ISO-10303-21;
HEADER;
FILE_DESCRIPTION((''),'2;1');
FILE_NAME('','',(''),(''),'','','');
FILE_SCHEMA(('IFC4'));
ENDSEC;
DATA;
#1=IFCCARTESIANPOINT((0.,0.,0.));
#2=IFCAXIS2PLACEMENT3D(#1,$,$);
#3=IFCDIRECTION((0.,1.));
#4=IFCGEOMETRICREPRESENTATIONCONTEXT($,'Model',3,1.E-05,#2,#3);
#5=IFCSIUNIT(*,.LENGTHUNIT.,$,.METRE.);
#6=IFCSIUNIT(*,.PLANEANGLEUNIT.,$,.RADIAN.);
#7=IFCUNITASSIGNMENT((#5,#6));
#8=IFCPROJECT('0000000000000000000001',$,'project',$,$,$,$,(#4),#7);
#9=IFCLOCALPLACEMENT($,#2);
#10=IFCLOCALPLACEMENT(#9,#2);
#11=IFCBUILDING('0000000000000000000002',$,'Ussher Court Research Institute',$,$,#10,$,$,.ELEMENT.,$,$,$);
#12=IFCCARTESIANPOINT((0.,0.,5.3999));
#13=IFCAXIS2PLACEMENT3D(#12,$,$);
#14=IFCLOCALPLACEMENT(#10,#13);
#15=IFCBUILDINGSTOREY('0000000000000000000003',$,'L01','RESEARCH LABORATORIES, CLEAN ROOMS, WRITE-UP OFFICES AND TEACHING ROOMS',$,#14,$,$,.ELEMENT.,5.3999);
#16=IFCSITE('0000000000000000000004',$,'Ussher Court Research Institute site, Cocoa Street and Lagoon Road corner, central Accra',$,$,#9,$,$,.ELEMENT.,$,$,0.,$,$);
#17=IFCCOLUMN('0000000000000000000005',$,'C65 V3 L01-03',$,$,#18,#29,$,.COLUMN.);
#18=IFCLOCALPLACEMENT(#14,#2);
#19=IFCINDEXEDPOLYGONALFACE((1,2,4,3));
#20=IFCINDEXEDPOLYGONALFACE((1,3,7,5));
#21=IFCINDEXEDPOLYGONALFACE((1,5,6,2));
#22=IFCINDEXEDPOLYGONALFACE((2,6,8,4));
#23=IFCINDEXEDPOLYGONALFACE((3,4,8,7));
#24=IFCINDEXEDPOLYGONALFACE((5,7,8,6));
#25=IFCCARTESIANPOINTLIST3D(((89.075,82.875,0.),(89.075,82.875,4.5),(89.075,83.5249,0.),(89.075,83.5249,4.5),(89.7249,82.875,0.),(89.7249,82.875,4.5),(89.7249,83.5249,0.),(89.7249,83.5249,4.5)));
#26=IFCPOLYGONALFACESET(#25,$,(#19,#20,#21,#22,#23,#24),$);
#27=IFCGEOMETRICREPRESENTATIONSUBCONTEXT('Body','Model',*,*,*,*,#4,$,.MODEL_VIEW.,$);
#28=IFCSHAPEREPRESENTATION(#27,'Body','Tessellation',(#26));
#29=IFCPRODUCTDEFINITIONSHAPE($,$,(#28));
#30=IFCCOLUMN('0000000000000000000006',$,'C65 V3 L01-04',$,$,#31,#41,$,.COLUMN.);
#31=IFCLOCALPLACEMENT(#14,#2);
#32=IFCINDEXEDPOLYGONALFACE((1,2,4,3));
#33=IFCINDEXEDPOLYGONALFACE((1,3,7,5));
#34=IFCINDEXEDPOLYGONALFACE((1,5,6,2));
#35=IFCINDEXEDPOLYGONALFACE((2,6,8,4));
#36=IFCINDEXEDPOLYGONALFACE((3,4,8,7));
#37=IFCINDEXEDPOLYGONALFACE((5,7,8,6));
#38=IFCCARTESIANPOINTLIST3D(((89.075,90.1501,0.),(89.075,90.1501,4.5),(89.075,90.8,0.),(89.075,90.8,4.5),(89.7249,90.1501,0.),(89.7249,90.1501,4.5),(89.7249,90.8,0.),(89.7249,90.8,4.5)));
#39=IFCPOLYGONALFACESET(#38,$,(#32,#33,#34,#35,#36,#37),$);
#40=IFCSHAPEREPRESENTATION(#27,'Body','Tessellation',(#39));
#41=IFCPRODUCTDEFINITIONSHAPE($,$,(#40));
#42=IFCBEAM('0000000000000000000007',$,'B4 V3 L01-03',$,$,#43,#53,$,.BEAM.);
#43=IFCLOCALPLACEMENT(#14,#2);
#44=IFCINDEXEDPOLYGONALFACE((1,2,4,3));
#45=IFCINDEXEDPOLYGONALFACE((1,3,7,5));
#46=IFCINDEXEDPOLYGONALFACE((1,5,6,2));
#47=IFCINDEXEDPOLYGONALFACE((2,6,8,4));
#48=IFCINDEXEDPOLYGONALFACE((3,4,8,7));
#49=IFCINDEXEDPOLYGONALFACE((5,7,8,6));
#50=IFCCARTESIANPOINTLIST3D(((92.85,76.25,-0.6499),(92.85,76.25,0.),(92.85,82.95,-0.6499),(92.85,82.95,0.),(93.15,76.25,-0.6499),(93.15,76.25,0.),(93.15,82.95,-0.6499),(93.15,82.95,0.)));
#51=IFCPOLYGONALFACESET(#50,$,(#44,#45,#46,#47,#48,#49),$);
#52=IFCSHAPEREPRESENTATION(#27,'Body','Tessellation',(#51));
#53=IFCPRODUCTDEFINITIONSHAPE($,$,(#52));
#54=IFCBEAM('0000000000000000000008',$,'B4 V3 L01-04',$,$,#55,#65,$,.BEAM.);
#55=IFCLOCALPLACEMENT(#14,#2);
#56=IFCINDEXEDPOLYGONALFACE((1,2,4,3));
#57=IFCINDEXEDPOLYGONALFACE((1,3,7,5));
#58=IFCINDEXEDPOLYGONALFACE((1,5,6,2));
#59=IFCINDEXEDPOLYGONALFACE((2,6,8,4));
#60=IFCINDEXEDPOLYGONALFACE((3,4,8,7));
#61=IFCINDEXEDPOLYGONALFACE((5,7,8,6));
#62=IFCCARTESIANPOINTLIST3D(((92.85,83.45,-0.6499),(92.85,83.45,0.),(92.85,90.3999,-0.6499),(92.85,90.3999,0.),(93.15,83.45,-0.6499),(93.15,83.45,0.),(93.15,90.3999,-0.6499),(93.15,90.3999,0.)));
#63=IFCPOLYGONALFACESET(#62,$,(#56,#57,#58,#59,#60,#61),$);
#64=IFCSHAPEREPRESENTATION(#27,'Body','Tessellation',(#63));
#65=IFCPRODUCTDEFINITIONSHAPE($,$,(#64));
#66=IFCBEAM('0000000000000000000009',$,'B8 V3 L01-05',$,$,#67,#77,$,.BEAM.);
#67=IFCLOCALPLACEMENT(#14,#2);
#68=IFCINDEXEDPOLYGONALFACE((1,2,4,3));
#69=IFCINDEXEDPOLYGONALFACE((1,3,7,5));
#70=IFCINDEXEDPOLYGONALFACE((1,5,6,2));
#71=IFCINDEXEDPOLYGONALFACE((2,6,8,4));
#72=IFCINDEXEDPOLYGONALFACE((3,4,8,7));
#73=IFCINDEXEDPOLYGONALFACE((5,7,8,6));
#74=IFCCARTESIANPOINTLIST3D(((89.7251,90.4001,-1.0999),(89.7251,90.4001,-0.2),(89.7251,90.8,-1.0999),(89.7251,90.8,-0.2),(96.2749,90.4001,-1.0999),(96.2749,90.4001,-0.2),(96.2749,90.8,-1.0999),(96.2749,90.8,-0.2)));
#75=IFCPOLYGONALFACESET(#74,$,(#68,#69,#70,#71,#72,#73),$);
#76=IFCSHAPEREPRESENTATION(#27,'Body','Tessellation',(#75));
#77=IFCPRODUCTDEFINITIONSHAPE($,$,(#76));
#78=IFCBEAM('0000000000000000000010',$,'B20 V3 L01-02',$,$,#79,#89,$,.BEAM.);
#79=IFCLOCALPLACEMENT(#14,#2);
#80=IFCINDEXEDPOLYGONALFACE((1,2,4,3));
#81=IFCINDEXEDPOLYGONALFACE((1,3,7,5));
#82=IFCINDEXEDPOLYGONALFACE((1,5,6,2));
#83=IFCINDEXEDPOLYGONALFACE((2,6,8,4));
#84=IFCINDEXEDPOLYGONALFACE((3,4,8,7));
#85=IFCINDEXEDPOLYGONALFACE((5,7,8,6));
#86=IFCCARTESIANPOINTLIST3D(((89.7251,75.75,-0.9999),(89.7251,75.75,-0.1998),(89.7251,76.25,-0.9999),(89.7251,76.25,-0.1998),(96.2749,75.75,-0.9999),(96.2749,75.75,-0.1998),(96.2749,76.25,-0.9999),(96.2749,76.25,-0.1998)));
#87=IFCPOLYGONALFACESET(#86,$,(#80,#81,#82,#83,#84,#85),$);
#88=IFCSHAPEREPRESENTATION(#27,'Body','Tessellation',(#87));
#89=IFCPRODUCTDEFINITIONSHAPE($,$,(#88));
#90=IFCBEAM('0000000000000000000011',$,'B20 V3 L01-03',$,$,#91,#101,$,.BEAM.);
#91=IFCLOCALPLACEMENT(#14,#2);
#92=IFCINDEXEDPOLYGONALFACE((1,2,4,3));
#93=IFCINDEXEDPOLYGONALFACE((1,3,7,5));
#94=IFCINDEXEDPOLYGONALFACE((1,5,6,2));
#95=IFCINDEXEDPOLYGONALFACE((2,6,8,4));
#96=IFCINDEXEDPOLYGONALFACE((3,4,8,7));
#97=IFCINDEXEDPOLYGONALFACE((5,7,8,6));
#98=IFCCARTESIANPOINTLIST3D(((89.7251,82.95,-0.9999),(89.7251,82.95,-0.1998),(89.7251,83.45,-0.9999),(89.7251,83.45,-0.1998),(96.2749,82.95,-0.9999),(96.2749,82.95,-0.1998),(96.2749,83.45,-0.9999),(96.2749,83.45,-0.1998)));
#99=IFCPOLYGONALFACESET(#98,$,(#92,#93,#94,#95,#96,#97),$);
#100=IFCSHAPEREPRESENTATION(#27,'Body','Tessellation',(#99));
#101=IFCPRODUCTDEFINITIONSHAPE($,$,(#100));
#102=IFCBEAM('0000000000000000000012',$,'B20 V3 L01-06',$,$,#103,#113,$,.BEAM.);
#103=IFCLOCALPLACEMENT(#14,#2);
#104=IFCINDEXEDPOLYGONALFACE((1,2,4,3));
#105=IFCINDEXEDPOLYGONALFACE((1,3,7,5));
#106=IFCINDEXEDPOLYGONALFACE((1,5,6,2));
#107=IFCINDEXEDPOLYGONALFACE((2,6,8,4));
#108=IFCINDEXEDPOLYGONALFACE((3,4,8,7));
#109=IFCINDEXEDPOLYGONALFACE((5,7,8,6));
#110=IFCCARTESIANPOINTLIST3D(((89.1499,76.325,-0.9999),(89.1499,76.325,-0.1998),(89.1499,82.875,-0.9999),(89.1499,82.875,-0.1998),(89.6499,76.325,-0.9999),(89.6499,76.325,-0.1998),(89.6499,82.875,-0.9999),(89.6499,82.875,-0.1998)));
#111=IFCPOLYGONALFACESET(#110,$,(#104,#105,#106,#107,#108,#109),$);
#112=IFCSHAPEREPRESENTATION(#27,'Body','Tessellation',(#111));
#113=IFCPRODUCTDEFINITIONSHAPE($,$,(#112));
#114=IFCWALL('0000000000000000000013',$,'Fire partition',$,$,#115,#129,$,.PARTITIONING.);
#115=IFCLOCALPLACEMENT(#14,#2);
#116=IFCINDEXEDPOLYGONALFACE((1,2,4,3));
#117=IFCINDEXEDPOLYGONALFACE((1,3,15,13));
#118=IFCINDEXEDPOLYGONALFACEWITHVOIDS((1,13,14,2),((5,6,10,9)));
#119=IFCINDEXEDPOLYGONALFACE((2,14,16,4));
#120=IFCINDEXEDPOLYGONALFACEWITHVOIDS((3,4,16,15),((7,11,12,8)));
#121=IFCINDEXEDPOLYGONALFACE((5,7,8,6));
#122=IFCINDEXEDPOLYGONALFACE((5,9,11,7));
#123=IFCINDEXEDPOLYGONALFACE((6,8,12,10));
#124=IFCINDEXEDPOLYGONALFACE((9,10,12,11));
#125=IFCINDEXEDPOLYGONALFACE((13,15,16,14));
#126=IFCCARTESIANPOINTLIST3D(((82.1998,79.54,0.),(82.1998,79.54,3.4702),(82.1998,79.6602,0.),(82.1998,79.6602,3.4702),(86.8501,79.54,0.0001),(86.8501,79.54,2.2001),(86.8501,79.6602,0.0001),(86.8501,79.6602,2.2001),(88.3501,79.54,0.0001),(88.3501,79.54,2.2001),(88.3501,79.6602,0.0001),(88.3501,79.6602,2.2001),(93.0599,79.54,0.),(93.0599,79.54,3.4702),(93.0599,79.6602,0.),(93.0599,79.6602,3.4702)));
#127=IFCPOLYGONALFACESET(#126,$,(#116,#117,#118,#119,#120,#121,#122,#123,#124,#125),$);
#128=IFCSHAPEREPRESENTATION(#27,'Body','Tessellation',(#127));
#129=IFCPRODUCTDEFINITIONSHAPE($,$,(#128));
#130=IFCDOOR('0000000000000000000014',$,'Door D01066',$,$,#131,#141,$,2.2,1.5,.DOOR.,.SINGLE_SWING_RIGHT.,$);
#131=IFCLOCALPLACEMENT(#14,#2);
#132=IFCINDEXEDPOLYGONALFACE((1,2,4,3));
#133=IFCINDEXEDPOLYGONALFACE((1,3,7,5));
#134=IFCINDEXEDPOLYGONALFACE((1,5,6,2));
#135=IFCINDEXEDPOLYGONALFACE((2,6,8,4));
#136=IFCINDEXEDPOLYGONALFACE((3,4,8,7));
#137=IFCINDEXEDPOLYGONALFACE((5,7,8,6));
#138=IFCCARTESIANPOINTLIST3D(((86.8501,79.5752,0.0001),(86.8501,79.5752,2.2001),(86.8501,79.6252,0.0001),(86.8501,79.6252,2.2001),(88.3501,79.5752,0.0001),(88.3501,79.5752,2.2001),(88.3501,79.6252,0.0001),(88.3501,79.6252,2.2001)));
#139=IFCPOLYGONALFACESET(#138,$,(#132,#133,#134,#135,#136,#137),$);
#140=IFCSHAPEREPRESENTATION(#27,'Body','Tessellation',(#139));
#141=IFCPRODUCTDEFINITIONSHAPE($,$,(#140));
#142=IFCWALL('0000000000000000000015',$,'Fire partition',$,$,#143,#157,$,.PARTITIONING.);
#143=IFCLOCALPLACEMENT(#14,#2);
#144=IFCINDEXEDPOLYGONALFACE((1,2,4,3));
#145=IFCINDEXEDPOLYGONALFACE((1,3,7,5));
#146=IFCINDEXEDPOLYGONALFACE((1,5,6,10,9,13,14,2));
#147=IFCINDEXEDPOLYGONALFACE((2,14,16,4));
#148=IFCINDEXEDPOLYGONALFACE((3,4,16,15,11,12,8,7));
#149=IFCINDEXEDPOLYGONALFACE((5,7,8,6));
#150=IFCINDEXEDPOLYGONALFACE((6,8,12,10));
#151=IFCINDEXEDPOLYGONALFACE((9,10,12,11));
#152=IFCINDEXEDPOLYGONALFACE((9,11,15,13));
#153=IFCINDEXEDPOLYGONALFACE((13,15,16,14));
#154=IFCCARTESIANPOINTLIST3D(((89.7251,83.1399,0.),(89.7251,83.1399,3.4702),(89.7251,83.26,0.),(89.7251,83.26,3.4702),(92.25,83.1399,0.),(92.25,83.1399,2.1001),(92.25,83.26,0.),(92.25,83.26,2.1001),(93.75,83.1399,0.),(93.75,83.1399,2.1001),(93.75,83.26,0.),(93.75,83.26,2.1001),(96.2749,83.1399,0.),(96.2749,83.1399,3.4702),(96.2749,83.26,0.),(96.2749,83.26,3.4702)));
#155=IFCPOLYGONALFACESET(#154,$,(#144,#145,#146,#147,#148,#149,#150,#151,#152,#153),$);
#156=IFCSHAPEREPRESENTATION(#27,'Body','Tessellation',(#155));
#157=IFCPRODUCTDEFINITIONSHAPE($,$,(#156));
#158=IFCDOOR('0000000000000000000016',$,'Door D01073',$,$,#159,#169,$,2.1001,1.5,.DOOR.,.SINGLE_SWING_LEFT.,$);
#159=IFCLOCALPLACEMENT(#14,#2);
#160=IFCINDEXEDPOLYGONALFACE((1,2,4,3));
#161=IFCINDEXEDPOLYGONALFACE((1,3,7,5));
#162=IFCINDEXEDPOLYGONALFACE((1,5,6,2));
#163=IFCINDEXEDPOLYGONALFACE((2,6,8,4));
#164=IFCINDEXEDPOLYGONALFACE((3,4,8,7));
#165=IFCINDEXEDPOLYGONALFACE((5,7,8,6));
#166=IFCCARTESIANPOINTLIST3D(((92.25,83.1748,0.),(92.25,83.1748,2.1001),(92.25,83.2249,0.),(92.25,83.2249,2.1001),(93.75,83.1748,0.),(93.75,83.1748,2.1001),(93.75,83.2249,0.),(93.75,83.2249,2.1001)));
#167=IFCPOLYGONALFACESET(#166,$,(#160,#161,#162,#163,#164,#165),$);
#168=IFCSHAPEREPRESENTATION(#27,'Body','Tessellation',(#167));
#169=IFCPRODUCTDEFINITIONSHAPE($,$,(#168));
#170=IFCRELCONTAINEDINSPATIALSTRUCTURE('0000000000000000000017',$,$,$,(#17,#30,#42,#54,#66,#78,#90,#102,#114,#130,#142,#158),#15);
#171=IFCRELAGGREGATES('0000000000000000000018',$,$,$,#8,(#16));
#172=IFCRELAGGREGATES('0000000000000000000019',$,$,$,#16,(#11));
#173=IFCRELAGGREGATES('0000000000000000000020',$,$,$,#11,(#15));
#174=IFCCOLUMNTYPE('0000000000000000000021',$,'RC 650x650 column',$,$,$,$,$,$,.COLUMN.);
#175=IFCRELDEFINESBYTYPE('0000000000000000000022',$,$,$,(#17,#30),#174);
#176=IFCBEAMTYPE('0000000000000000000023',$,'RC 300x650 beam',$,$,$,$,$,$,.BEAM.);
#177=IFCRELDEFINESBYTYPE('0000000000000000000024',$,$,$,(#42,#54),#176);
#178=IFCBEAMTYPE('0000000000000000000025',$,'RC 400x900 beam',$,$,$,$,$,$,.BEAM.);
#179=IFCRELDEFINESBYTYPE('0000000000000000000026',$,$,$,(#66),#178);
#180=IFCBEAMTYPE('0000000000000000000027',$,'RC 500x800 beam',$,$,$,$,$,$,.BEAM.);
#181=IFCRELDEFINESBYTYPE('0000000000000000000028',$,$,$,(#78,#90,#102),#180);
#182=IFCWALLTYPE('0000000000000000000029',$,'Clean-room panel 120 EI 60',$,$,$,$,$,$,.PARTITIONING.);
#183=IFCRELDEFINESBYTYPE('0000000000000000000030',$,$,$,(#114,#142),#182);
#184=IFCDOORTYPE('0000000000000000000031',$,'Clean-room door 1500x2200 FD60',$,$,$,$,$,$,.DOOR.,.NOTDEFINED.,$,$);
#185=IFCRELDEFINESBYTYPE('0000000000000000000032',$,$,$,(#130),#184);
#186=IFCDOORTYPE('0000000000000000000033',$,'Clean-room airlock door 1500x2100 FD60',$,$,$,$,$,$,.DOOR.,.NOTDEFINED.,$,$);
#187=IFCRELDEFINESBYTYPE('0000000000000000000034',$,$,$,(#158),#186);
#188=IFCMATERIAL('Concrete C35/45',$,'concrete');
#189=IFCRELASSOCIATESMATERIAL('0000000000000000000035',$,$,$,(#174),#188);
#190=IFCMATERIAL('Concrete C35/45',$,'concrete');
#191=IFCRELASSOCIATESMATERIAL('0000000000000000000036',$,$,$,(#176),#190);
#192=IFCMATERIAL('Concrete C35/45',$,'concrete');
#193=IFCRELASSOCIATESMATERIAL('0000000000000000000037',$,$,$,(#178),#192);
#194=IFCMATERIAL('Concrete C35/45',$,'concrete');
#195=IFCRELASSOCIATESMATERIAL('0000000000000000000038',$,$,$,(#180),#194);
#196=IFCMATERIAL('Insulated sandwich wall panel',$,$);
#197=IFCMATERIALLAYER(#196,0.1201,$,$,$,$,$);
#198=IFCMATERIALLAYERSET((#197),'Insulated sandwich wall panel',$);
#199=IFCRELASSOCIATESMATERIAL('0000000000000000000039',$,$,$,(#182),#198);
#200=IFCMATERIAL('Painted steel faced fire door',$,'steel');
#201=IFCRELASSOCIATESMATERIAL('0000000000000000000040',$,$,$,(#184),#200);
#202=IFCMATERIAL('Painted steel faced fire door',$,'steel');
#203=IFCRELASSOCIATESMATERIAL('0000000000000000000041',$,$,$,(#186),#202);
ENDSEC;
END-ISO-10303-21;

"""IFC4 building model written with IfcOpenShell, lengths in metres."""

from ifc_helpers import new_model, si_unit, direction, frame, frame_2d, origin, origin_2d, place, context, subcontext, project, spatial, rectangle, extrude, material, layer, layer_set, material_profile, profile_set, type_object, element, fill, save


model = new_model("IFC4")

# Units and contexts
model_context = context("Model", 3, precision=1e-05, world=origin(), true_north=direction((0.0, 1.0)))
body_context = subcontext(model_context, "Body", "Model", "MODEL_VIEW")
ifc_project = project(units=[si_unit("LENGTHUNIT", "METRE"), si_unit("PLANEANGLEUNIT", "RADIAN")], contexts=[model_context])

# Site, building, storey
site_placement = place(None, origin())
site = spatial("IfcSite", under=ifc_project, at=site_placement, Name="Ussher Court Research Institute site, Cocoa Street and Lagoon Road corner, central Accra", CompositionType="ELEMENT", RefElevation=0.0)
building_placement = place(site_placement, origin())
building = spatial("IfcBuilding", under=site, at=building_placement, Name="Ussher Court Research Institute", CompositionType="ELEMENT")
storey_placement = place(building_placement, frame((0.0, 0.0, 5.3999)))
storey = spatial("IfcBuildingStorey", under=building, at=storey_placement, Name="L01", Description="RESEARCH LABORATORIES, CLEAN ROOMS, WRITE-UP OFFICES AND TEACHING ROOMS", CompositionType="ELEMENT", Elevation=5.3999)

# Columns
ifc_material_1 = material(Name="Concrete C35/45", Category="concrete")
ifc_material_profile_1 = material_profile(ifc_material_1, rectangle(XDim=0.6499, YDim=0.6499, at=origin_2d()), Name="RC 650x650")
ifc_profile_set_1 = profile_set([ifc_material_profile_1], Name="Concrete C35/45")
column_type = type_object("IfcColumnType", Name="RC 650x650 column", PredefinedType="COLUMN", material=ifc_profile_set_1)
for number, where, z_axis, x_axis, name in (
    (1, (89.3999, 83.2, 0.0), (0.0, 0.0, 1.0), (1.0, 0.0, 0.0), "C65 V3 L01-03"),
    (2, (89.3999, 90.4751, 0.0), (0.0, 0.0, 1.0), (1.0, 0.0, 0.0), "C65 V3 L01-04"),
):
    element("IfcColumn", number, at=place(storey_placement, frame(where, z_axis=z_axis, x_axis=x_axis)), inside=storey, type_object=column_type, Name=name, PredefinedType="COLUMN", context=body_context, shape_type="SweptSolid", body=[
        extrude(rectangle(XDim=0.6499, YDim=0.6499, at=origin_2d()), origin(), (0.0, 0.0, 1.0), 4.5),
    ])

# Beams
ifc_material_2 = material(Name="Concrete C35/45", Category="concrete")
ifc_material_profile_2 = material_profile(ifc_material_2, rectangle(XDim=0.3, YDim=0.6499, at=origin_2d()), Name="RC 300x650")
ifc_profile_set_2 = profile_set([ifc_material_profile_2], Name="Concrete C35/45")
beam_type_1 = type_object("IfcBeamType", Name="RC 300x650 beam", PredefinedType="BEAM", material=ifc_profile_set_2)
beam_1_placement = place(storey_placement, frame((93.0, 76.25, -0.325), z_axis=(0.0, 1.0, 0.0), x_axis=(-1.0, 0.0, 0.0)))
element("IfcBeam", 3, at=beam_1_placement, inside=storey, type_object=beam_type_1, Name="B4 V3 L01-03", PredefinedType="BEAM", context=body_context, shape_type="SweptSolid", body=[
    extrude(rectangle(XDim=0.3, YDim=0.6499, at=origin_2d()), origin(), (0.0, 0.0, 1.0), 6.7),
])
beam_2_placement = place(storey_placement, frame((93.0, 83.45, -0.325), z_axis=(0.0, 1.0, 0.0), x_axis=(-1.0, 0.0, 0.0)))
element("IfcBeam", 4, at=beam_2_placement, inside=storey, type_object=beam_type_1, Name="B4 V3 L01-04", PredefinedType="BEAM", context=body_context, shape_type="SweptSolid", body=[
    extrude(rectangle(XDim=0.3, YDim=0.6499, at=origin_2d()), origin(), (0.0, 0.0, 1.0), 6.95),
])
ifc_material_3 = material(Name="Concrete C35/45", Category="concrete")
ifc_material_profile_3 = material_profile(ifc_material_3, rectangle(XDim=0.3999, YDim=0.8999, at=origin_2d()), Name="RC 400x900")
ifc_profile_set_3 = profile_set([ifc_material_profile_3], Name="Concrete C35/45")
beam_type_2 = type_object("IfcBeamType", Name="RC 400x900 beam", PredefinedType="BEAM", material=ifc_profile_set_3)
beam_3_placement = place(storey_placement, frame((89.7251, 90.6001, -0.6499), z_axis=(1.0, 0.0, 0.0), x_axis=(0.0, 1.0, 0.0)))
element("IfcBeam", 5, at=beam_3_placement, inside=storey, type_object=beam_type_2, Name="B8 V3 L01-05", PredefinedType="BEAM", context=body_context, shape_type="SweptSolid", body=[
    extrude(rectangle(XDim=0.3999, YDim=0.8999, at=origin_2d()), origin(), (0.0, 0.0, 1.0), 6.5498),
])
ifc_material_4 = material(Name="Concrete C35/45", Category="concrete")
ifc_material_profile_4 = material_profile(ifc_material_4, rectangle(XDim=0.5, YDim=0.8, at=origin_2d()), Name="RC 500x800")
ifc_profile_set_4 = profile_set([ifc_material_profile_4], Name="Concrete C35/45")
beam_type_3 = type_object("IfcBeamType", Name="RC 500x800 beam", PredefinedType="BEAM", material=ifc_profile_set_4)
for number, where, z_axis, x_axis, name in (
    (6, (89.7251, 76.0, -0.5999), (1.0, 0.0, 0.0), (0.0, 1.0, 0.0), "B20 V3 L01-02"),
    (7, (89.7251, 83.2, -0.5999), (1.0, 0.0, 0.0), (0.0, 1.0, 0.0), "B20 V3 L01-03"),
):
    element("IfcBeam", number, at=place(storey_placement, frame(where, z_axis=z_axis, x_axis=x_axis)), inside=storey, type_object=beam_type_3, Name=name, PredefinedType="BEAM", context=body_context, shape_type="SweptSolid", body=[
        extrude(rectangle(XDim=0.5, YDim=0.8, at=origin_2d()), origin(), (0.0, 0.0, 1.0), 6.5498),
    ])
beam_4_placement = place(storey_placement, frame((89.3999, 76.325, -0.5999), z_axis=(0.0, 1.0, 0.0), x_axis=(-1.0, 0.0, 0.0)))
element("IfcBeam", 8, at=beam_4_placement, inside=storey, type_object=beam_type_3, Name="B20 V3 L01-06", PredefinedType="BEAM", context=body_context, shape_type="SweptSolid", body=[
    extrude(rectangle(XDim=0.5, YDim=0.8, at=origin_2d()), origin(), (0.0, 0.0, 1.0), 6.55),
])

# Walls, openings, doors
ifc_material_5 = material(Name="Insulated sandwich wall panel")
ifc_layer_1 = layer(ifc_material_5, 0.1201)
ifc_layer_set_1 = layer_set([ifc_layer_1], Name="Insulated sandwich wall panel")
wall_type_1 = type_object("IfcWallType", Name="Clean-room panel 120 EI 60", PredefinedType="PARTITIONING", material=ifc_layer_set_1)
wall_1_placement = place(storey_placement, frame((93.0601, 79.6001, 0.0), z_axis=(0.0, 0.0, 1.0), x_axis=(-1.0, 0.0, 0.0)))
wall_1 = element("IfcWall", 9, at=wall_1_placement, inside=storey, type_object=wall_type_1, Name="Fire partition", PredefinedType="PARTITIONING", context=body_context, shape_type="SweptSolid", body=[
    extrude(rectangle(XDim=10.8601, YDim=0.1201, at=frame_2d((5.4302, 0.0))), origin(), (0.0, 0.0, 1.0), 3.4702),
])
opening_1_placement = place(wall_1_placement, frame((4.71, 0.0, 0.0)))
opening_1 = element("IfcOpeningElement", 10, at=opening_1_placement, cuts=wall_1, PredefinedType="OPENING", context=body_context, shape_type="SweptSolid", body=[
    extrude(rectangle(XDim=1.5, YDim=2.2, at=frame_2d((0.75, 1.1001))), frame((0.0, 0.0701, 0.0), z_axis=(0.0, -1.0, 0.0), x_axis=(1.0, 0.0, 0.0)), (0.0, 0.0, 1.0), 0.1401),
])
ifc_material_6 = material(Name="Painted steel faced fire door", Category="steel")
door_type_1 = type_object("IfcDoorType", Name="Clean-room door 1500x2200 FD60", OperationType="NOTDEFINED", PredefinedType="DOOR", material=ifc_material_6)
door_1_placement = place(opening_1_placement, origin())
door_1 = element("IfcDoor", 11, at=door_1_placement, inside=storey, type_object=door_type_1, Name="Door D01066", OperationType="SINGLE_SWING_RIGHT", OverallHeight=2.2, OverallWidth=1.5, PredefinedType="DOOR", context=body_context, shape_type="SweptSolid", body=[
    extrude(rectangle(XDim=1.5, YDim=2.2, at=frame_2d((0.75, 1.1001))), frame((0.0, 0.0249, 0.0), z_axis=(0.0, -1.0, 0.0), x_axis=(1.0, 0.0, 0.0)), (0.0, 0.0, 1.0), 0.05),
])
fill(opening_1, door_1)
wall_2_placement = place(storey_placement, frame((89.7251, 83.2, 0.0), z_axis=(0.0, 0.0, 1.0), x_axis=(1.0, 0.0, 0.0)))
wall_2 = element("IfcWall", 12, at=wall_2_placement, inside=storey, type_object=wall_type_1, Name="Fire partition", PredefinedType="PARTITIONING", context=body_context, shape_type="SweptSolid", body=[
    extrude(rectangle(XDim=6.5498, YDim=0.1201, at=frame_2d((3.2749, 0.0))), origin(), (0.0, 0.0, 1.0), 3.4702),
])
opening_2_placement = place(wall_2_placement, frame((2.5249, 0.0, 0.0)))
opening_2 = element("IfcOpeningElement", 13, at=opening_2_placement, cuts=wall_2, PredefinedType="OPENING", context=body_context, shape_type="SweptSolid", body=[
    extrude(rectangle(XDim=1.5, YDim=2.1001, at=frame_2d((0.75, 1.05))), frame((0.0, 0.0701, 0.0), z_axis=(0.0, -1.0, 0.0), x_axis=(1.0, 0.0, 0.0)), (0.0, 0.0, 1.0), 0.1401),
])
ifc_material_7 = material(Name="Painted steel faced fire door", Category="steel")
door_type_2 = type_object("IfcDoorType", Name="Clean-room airlock door 1500x2100 FD60", OperationType="NOTDEFINED", PredefinedType="DOOR", material=ifc_material_7)
door_2_placement = place(opening_2_placement, origin())
door_2 = element("IfcDoor", 14, at=door_2_placement, inside=storey, type_object=door_type_2, Name="Door D01073", OperationType="SINGLE_SWING_LEFT", OverallHeight=2.1001, OverallWidth=1.5, PredefinedType="DOOR", context=body_context, shape_type="SweptSolid", body=[
    extrude(rectangle(XDim=1.5, YDim=2.1001, at=frame_2d((0.75, 1.05))), frame((0.0, 0.0249, 0.0), z_axis=(0.0, -1.0, 0.0), x_axis=(1.0, 0.0, 0.0)), (0.0, 0.0, 1.0), 0.05),
])
fill(opening_2, door_2)

save(model, "model.ifc")
